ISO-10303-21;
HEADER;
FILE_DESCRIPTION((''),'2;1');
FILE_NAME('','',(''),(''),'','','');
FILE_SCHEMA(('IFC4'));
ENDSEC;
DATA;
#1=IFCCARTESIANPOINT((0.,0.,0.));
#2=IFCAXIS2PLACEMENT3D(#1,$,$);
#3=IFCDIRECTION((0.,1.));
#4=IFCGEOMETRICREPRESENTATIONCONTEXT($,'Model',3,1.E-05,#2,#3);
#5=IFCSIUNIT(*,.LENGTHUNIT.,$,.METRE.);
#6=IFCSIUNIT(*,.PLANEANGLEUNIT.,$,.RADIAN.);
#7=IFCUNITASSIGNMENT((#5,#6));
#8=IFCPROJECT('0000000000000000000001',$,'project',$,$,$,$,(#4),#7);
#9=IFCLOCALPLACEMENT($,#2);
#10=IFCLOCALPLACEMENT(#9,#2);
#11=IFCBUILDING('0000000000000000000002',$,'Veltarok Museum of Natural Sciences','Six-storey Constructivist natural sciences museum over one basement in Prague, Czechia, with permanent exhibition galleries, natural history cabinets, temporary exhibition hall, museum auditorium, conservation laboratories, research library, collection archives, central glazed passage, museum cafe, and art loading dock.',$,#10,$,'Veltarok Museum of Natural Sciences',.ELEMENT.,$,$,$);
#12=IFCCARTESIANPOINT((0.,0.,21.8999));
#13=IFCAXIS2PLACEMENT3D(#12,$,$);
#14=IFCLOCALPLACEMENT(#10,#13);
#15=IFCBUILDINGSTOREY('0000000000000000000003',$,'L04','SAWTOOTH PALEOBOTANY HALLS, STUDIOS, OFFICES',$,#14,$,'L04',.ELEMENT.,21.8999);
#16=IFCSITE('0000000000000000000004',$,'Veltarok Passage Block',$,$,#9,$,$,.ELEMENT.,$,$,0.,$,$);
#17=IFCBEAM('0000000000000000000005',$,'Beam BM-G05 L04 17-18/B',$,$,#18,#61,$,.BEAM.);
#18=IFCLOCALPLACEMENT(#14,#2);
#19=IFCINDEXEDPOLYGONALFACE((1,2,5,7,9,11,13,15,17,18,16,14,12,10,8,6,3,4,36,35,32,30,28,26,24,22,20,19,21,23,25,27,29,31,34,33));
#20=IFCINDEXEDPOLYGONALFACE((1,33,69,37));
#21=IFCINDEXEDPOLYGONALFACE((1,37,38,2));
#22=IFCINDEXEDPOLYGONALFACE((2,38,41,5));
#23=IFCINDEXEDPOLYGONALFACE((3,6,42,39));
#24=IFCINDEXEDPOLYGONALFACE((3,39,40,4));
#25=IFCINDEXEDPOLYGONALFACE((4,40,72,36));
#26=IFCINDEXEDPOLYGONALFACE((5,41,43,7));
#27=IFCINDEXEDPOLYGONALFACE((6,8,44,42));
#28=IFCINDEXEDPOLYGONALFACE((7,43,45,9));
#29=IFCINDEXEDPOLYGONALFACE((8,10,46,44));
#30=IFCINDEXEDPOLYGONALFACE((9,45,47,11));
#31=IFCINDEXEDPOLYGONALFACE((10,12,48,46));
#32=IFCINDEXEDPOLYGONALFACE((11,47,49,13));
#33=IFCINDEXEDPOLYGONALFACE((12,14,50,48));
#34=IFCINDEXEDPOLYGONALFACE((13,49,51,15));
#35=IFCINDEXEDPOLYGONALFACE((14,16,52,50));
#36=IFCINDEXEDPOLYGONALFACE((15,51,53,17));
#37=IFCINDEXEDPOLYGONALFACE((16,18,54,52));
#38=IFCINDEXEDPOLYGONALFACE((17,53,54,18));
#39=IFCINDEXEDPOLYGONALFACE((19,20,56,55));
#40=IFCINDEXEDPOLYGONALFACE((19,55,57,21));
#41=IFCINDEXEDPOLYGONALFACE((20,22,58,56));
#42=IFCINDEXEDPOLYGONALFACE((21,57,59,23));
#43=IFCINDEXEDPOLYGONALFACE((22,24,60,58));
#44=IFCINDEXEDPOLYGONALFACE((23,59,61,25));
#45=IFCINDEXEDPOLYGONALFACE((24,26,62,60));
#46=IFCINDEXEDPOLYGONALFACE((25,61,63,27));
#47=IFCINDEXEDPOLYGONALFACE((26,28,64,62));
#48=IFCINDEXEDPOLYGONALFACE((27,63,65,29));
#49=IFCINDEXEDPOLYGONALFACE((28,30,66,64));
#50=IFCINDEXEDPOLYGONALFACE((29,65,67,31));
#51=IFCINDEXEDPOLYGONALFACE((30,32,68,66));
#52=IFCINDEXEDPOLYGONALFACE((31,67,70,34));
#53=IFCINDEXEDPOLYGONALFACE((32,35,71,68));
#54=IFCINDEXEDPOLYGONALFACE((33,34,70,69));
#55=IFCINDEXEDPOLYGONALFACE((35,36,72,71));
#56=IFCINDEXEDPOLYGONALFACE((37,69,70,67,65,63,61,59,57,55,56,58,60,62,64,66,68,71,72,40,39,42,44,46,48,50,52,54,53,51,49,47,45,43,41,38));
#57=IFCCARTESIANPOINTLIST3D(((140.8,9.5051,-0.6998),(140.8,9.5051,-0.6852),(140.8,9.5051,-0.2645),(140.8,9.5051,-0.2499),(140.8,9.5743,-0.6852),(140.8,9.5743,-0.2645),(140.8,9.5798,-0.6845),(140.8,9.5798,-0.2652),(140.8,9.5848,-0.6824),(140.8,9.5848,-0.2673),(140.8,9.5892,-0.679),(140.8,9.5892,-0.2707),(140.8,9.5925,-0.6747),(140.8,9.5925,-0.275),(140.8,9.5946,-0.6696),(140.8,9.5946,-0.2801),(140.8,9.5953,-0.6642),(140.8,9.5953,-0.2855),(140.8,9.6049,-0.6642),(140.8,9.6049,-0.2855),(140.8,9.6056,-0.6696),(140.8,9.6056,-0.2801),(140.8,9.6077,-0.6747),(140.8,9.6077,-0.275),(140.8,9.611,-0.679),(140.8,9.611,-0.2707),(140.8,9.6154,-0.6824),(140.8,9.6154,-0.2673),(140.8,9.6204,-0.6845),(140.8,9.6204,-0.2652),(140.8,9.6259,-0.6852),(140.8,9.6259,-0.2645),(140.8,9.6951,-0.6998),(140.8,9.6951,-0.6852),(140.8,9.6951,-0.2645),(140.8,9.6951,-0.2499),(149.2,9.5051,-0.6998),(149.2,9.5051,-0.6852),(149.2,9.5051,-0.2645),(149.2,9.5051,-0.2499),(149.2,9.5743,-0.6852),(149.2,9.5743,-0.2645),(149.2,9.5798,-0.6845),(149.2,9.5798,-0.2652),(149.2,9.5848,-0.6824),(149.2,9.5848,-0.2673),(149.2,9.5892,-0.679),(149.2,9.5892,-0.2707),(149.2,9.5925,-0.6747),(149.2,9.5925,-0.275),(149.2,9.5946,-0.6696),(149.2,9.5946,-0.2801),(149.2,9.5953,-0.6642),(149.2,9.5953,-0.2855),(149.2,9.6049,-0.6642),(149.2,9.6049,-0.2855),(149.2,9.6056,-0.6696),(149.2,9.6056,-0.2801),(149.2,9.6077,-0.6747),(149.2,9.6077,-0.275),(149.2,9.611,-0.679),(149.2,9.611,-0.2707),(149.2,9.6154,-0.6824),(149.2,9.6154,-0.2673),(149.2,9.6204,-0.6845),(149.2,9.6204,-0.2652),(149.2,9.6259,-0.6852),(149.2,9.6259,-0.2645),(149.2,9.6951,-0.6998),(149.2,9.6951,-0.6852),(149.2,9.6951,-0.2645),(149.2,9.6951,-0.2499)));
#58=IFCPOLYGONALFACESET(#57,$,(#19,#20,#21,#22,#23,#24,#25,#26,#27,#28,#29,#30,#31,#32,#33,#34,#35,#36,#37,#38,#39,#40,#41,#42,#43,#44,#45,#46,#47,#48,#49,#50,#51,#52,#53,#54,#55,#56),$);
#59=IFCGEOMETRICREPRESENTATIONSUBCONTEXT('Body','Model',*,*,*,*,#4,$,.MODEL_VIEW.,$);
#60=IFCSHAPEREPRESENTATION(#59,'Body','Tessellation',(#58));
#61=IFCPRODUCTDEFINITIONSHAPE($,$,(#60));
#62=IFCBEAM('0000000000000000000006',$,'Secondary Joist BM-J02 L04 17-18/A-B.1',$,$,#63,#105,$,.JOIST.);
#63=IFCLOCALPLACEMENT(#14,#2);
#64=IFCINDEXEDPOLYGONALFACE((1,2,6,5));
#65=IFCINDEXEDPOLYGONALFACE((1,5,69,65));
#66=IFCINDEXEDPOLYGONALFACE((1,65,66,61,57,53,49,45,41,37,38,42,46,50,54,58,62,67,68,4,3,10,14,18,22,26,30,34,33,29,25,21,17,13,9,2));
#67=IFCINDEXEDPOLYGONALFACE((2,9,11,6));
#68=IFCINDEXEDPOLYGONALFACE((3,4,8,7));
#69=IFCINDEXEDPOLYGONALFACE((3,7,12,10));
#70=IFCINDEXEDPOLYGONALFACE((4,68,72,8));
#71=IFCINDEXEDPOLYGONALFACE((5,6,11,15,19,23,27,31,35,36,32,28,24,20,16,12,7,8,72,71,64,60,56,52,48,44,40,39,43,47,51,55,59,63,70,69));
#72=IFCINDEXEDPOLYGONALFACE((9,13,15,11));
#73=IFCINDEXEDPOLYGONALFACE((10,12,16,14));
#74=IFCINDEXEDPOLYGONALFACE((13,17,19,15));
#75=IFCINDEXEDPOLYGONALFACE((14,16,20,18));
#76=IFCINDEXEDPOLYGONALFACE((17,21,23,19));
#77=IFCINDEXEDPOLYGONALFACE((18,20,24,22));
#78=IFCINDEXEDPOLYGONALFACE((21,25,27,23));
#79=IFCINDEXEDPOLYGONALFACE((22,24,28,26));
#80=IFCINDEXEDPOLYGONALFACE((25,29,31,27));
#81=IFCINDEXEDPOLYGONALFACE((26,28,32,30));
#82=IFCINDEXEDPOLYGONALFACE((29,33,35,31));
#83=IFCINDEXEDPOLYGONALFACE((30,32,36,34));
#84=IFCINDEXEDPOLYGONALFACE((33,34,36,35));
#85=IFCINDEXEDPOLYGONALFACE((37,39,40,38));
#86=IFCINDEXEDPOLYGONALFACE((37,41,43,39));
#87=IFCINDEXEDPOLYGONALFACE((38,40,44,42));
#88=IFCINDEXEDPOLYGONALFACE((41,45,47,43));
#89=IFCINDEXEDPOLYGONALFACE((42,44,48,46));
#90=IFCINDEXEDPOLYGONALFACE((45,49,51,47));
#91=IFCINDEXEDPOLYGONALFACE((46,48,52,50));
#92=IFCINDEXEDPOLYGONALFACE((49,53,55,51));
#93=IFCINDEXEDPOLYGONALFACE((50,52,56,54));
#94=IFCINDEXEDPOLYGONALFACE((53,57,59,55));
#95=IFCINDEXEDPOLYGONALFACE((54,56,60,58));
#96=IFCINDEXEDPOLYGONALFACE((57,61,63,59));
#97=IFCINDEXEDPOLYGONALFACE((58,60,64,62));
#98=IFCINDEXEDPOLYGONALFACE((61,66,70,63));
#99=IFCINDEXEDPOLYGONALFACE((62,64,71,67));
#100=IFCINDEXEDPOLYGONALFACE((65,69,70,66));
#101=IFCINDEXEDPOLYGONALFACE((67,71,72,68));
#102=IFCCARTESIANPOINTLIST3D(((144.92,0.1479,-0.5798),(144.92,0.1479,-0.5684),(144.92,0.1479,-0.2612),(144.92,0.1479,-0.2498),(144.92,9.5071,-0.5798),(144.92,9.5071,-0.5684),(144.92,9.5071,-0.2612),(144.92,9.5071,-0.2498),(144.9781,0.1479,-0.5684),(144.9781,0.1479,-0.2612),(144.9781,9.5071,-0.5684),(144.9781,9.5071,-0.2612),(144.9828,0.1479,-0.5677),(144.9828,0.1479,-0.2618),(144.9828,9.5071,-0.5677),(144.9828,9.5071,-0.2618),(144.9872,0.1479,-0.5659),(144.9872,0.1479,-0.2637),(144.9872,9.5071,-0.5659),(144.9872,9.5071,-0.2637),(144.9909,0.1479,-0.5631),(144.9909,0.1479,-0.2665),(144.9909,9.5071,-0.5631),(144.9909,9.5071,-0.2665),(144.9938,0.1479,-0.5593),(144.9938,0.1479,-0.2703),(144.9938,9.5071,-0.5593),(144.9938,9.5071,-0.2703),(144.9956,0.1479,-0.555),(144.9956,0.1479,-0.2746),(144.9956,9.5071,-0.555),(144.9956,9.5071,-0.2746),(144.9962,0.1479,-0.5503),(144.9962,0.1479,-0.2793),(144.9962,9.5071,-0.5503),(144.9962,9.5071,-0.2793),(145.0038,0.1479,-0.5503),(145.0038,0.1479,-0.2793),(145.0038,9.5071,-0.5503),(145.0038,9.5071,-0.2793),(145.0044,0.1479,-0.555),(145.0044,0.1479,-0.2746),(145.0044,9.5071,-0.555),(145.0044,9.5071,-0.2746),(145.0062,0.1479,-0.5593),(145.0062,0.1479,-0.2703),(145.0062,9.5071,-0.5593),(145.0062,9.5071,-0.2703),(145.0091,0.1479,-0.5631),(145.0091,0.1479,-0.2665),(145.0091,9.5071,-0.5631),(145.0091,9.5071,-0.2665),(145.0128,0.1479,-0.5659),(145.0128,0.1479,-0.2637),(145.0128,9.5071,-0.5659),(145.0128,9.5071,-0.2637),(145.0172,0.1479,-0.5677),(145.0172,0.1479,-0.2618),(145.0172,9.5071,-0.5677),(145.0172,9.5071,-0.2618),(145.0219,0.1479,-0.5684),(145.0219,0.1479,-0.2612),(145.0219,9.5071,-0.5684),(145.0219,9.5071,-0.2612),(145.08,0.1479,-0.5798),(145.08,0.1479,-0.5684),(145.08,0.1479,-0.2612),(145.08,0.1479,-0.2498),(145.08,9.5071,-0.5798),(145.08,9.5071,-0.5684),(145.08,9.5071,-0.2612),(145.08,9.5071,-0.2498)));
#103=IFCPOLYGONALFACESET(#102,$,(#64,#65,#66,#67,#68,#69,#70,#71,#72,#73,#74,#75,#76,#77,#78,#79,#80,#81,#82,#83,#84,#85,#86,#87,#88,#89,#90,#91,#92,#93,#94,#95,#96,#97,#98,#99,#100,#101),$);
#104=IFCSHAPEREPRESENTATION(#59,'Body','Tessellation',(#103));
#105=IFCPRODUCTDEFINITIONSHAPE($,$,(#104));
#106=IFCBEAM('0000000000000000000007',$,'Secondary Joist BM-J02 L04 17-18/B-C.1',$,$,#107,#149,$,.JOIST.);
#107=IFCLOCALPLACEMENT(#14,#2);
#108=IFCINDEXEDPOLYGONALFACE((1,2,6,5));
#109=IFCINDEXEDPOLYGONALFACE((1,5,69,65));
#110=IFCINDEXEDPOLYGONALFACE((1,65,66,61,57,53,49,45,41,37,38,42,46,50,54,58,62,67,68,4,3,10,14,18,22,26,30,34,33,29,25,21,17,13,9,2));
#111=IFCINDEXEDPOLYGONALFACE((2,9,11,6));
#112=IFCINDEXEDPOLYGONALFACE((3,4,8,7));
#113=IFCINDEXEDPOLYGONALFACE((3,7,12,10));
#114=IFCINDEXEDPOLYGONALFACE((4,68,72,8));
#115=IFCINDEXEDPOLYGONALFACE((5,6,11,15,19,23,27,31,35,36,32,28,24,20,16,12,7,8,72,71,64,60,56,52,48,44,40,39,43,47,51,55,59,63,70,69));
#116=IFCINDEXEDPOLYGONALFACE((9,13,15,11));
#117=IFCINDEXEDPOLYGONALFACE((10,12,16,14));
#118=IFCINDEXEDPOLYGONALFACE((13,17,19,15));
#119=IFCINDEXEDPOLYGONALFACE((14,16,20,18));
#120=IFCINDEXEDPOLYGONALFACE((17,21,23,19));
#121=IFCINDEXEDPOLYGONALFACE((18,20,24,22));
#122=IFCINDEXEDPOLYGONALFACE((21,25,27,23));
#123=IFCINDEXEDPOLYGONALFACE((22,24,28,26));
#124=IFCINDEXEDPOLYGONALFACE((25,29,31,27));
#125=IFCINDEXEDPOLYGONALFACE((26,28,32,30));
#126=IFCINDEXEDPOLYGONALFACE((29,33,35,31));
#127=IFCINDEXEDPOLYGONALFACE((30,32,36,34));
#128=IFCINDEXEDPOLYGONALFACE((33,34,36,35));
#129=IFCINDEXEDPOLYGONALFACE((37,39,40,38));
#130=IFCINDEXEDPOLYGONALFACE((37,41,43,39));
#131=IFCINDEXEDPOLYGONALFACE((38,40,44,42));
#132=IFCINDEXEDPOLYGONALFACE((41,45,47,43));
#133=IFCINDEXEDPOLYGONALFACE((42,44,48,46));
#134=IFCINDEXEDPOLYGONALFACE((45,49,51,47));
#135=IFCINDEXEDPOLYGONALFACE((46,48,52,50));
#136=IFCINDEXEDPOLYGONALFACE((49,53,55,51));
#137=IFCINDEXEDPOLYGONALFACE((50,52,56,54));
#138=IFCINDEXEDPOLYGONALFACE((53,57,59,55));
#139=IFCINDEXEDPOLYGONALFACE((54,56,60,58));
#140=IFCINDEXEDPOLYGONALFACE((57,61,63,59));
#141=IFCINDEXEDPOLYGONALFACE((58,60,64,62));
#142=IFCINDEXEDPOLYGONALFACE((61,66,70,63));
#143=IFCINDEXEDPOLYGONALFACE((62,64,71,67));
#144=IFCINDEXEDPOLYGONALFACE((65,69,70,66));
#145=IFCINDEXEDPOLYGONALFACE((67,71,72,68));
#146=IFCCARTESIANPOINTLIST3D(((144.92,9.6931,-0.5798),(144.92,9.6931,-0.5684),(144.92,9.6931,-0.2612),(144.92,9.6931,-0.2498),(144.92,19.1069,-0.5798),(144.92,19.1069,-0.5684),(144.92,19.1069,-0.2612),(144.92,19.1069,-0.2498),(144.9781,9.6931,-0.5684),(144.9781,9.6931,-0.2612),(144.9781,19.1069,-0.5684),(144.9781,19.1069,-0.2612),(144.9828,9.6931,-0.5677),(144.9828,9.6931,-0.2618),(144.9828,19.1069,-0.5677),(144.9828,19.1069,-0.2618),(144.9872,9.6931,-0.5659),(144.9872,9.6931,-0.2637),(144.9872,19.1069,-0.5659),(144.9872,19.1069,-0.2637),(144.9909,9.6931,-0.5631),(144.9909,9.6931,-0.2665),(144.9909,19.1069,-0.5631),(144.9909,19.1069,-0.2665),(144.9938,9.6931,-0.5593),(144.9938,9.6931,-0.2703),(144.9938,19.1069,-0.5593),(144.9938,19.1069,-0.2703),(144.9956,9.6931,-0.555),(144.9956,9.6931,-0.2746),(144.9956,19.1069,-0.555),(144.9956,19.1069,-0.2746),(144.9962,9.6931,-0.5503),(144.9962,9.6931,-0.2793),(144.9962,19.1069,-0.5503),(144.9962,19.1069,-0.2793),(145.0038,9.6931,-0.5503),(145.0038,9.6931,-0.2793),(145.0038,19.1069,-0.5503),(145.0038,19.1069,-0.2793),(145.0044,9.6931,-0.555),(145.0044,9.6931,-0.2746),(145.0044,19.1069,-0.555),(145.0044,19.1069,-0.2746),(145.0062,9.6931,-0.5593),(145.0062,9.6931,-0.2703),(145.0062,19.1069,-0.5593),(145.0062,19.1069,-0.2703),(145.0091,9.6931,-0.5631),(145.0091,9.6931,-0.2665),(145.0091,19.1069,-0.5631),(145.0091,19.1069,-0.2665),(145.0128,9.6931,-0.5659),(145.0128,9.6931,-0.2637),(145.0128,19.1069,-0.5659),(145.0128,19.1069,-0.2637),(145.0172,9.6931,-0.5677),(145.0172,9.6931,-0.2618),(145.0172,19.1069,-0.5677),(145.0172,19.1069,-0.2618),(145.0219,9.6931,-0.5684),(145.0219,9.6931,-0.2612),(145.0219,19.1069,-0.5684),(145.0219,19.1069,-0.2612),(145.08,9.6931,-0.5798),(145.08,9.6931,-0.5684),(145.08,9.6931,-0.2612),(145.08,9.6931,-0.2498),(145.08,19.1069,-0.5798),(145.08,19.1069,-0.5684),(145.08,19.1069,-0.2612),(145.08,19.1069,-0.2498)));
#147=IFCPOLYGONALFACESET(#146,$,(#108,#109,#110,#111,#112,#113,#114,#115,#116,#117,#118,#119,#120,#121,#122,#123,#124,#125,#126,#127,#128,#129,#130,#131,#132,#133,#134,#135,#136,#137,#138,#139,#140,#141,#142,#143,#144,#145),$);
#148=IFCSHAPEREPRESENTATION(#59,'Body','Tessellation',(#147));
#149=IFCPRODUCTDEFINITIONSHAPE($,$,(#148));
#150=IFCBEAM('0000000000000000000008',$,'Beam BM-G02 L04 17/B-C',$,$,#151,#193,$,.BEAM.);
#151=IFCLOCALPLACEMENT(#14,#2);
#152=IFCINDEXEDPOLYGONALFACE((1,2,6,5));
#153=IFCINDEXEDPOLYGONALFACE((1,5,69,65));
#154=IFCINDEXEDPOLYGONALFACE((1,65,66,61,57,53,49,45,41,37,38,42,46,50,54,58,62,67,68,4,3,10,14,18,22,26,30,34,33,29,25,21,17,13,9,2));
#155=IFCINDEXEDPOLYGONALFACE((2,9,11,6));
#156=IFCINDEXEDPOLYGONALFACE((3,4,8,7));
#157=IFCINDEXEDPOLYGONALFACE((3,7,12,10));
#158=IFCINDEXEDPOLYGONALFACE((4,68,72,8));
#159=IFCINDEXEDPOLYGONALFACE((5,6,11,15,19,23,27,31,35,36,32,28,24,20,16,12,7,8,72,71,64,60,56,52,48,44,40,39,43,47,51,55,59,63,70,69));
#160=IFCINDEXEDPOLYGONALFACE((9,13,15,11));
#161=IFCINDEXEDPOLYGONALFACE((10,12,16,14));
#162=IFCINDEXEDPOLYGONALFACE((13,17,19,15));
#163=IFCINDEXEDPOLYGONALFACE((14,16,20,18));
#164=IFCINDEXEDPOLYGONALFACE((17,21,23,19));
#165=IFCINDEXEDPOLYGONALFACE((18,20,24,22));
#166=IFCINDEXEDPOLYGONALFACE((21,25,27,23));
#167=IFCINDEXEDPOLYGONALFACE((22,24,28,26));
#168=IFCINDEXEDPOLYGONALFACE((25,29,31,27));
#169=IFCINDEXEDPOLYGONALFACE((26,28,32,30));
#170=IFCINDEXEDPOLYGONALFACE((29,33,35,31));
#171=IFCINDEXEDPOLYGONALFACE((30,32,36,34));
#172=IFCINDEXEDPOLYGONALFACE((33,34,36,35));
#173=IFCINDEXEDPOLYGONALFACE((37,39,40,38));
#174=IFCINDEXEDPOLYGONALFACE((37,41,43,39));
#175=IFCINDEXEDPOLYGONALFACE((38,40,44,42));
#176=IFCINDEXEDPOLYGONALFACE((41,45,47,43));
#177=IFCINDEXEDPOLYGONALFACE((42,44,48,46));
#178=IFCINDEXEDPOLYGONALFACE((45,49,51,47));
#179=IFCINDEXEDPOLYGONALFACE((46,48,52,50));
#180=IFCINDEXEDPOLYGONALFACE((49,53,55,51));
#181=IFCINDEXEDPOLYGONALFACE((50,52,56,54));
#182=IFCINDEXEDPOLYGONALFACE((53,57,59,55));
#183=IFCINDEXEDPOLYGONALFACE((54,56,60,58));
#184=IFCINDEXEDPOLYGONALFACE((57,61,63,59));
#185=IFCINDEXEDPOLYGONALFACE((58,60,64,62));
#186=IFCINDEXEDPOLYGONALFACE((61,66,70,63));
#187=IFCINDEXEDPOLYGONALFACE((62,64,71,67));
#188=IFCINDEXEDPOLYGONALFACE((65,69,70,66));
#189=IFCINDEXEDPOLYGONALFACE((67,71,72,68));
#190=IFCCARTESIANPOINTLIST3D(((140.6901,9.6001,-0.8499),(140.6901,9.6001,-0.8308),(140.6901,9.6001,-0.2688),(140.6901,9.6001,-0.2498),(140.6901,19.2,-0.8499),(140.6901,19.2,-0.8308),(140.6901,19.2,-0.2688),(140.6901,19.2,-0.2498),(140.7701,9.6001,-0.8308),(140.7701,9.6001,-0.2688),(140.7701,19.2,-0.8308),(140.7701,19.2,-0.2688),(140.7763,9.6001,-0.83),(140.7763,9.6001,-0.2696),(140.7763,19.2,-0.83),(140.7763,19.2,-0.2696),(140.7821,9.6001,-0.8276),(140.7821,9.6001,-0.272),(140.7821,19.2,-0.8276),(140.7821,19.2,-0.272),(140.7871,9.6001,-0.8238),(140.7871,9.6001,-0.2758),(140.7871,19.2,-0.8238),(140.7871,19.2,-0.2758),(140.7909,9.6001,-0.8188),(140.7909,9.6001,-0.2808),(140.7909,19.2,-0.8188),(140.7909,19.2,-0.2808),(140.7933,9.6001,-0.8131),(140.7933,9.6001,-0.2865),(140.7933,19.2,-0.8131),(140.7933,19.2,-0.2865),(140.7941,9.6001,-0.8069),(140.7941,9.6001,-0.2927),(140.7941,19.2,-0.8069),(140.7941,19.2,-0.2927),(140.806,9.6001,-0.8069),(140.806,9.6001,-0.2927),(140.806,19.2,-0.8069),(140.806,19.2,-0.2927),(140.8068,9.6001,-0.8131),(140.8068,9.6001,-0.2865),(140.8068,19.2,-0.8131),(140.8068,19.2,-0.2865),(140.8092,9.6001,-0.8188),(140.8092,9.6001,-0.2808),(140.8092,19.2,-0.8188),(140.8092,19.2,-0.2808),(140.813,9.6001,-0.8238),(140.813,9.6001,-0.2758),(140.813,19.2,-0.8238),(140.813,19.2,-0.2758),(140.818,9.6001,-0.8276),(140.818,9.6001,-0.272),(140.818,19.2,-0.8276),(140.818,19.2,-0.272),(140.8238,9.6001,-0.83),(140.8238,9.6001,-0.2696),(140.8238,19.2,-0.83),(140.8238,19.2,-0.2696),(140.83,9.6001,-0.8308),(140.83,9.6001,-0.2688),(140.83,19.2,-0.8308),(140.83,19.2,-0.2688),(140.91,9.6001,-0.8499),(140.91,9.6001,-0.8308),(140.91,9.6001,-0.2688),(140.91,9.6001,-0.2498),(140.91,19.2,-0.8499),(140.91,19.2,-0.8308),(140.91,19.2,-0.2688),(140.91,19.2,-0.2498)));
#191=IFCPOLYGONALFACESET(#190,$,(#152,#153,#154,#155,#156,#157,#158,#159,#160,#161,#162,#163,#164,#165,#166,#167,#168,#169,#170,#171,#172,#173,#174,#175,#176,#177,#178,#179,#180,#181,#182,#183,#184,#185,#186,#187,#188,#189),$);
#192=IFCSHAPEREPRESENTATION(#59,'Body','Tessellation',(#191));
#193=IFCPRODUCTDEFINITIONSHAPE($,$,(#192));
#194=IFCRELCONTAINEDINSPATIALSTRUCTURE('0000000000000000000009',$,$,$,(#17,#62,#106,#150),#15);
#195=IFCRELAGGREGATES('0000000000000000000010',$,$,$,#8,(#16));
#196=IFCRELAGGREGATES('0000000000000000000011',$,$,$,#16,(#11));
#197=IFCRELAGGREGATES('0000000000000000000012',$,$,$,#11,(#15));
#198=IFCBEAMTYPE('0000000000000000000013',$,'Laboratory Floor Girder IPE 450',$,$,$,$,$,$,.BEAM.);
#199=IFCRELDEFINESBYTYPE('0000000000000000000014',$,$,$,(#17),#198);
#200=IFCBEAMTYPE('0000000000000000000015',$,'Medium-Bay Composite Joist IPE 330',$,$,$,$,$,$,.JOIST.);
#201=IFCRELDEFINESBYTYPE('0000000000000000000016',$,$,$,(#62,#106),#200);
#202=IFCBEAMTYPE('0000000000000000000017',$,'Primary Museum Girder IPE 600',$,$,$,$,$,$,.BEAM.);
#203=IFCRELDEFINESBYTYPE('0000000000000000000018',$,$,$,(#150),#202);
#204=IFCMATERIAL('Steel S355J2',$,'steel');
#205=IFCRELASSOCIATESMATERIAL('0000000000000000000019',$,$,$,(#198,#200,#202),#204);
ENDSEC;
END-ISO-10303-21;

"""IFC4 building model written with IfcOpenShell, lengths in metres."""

from ifc_helpers import new_model, si_unit, direction, frame, origin, origin_2d, place, context, subcontext, project, spatial, i_section, extrude, material, material_profile, profile_set, type_object, element, save


model = new_model("IFC4")

# Units and contexts
model_context = context("Model", 3, precision=1e-05, world=origin(), true_north=direction((0.0, 1.0)))
body_context = subcontext(model_context, "Body", "Model", "MODEL_VIEW")
ifc_project = project(units=[si_unit("LENGTHUNIT", "METRE"), si_unit("PLANEANGLEUNIT", "RADIAN")], contexts=[model_context])

# Site, building, storey
site_placement = place(None, origin())
site = spatial("IfcSite", under=ifc_project, at=site_placement, Name="Veltarok Passage Block", CompositionType="ELEMENT", RefElevation=0.0)
building_placement = place(site_placement, origin())
building = spatial("IfcBuilding", under=site, at=building_placement, Name="Veltarok Museum of Natural Sciences", Description="Six-storey Constructivist natural sciences museum over one basement in Prague, Czechia, with permanent exhibition galleries, natural history cabinets, temporary exhibition hall, museum auditorium, conservation laboratories, research library, collection archives, central glazed passage, museum cafe, and art loading dock.", LongName="Veltarok Museum of Natural Sciences", CompositionType="ELEMENT")
storey_placement = place(building_placement, frame((0.0, 0.0, 21.8999)))
storey = spatial("IfcBuildingStorey", under=building, at=storey_placement, Name="L04", Description="SAWTOOTH PALEOBOTANY HALLS, STUDIOS, OFFICES", LongName="L04", CompositionType="ELEMENT", Elevation=21.8999)

# Shared definitions
ifc_material_1 = material(Name="Steel S355J2", Category="steel")

# Beams
ifc_material_profile_1 = material_profile(ifc_material_1, i_section(OverallWidth=0.1899, OverallDepth=0.45, WebThickness=0.0095, FlangeThickness=0.0146, FilletRadius=0.021, at=origin_2d()), Name="IPE 450")
ifc_profile_set_1 = profile_set([ifc_material_profile_1], Name="Steel S355J2")
beam_type_1 = type_object("IfcBeamType", Name="Laboratory Floor Girder IPE 450", PredefinedType="BEAM", material=ifc_profile_set_1)
beam_1_placement = place(storey_placement, frame((140.8, 9.6001, -0.4749), z_axis=(1.0, 0.0, 0.0), x_axis=(0.0, 1.0, 0.0)))
element("IfcBeam", 1, at=beam_1_placement, inside=storey, type_object=beam_type_1, Name="Beam BM-G05 L04 17-18/B", PredefinedType="BEAM", context=body_context, shape_type="SweptSolid", body=[
    extrude(i_section(OverallWidth=0.1899, OverallDepth=0.45, WebThickness=0.0095, FlangeThickness=0.0146, FilletRadius=0.021, at=origin_2d()), origin(), (0.0, 0.0, 1.0), 8.3999),
])
ifc_material_profile_2 = material_profile(ifc_material_1, i_section(OverallWidth=0.1599, OverallDepth=0.3301, WebThickness=0.0076, FlangeThickness=0.0115, FilletRadius=0.0181, at=origin_2d()), Name="IPE 330")
ifc_profile_set_2 = profile_set([ifc_material_profile_2], Name="Steel S355J2")
beam_type_2 = type_object("IfcBeamType", Name="Medium-Bay Composite Joist IPE 330", PredefinedType="JOIST", material=ifc_profile_set_2)
beam_2_placement = place(storey_placement, frame((145.0, 0.1479, -0.4148), z_axis=(0.0, 1.0, 0.0), x_axis=(-1.0, 0.0, 0.0)))
element("IfcBeam", 2, at=beam_2_placement, inside=storey, type_object=beam_type_2, Name="Secondary Joist BM-J02 L04 17-18/A-B.1", PredefinedType="JOIST", context=body_context, shape_type="SweptSolid", body=[
    extrude(i_section(OverallWidth=0.1599, OverallDepth=0.3301, WebThickness=0.0076, FlangeThickness=0.0115, FilletRadius=0.0181, at=origin_2d()), origin(), (0.0, 0.0, 1.0), 9.3591),
])
beam_3_placement = place(storey_placement, frame((145.0, 9.6931, -0.4148), z_axis=(0.0, 1.0, 0.0), x_axis=(-1.0, 0.0, 0.0)))
element("IfcBeam", 3, at=beam_3_placement, inside=storey, type_object=beam_type_2, Name="Secondary Joist BM-J02 L04 17-18/B-C.1", PredefinedType="JOIST", context=body_context, shape_type="SweptSolid", body=[
    extrude(i_section(OverallWidth=0.1599, OverallDepth=0.3301, WebThickness=0.0076, FlangeThickness=0.0115, FilletRadius=0.0181, at=origin_2d()), origin(), (0.0, 0.0, 1.0), 9.4138),
])
ifc_material_profile_3 = material_profile(ifc_material_1, i_section(OverallWidth=0.22, OverallDepth=0.6001, WebThickness=0.012, FlangeThickness=0.019, FilletRadius=0.0239, at=origin_2d()), Name="IPE 600")
ifc_profile_set_3 = profile_set([ifc_material_profile_3], Name="Steel S355J2")
beam_type_3 = type_object("IfcBeamType", Name="Primary Museum Girder IPE 600", PredefinedType="BEAM", material=ifc_profile_set_3)
beam_4_placement = place(storey_placement, frame((140.8, 9.6001, -0.5498), z_axis=(0.0, 1.0, 0.0), x_axis=(-1.0, 0.0, 0.0)))
element("IfcBeam", 4, at=beam_4_placement, inside=storey, type_object=beam_type_3, Name="Beam BM-G02 L04 17/B-C", PredefinedType="BEAM", context=body_context, shape_type="SweptSolid", body=[
    extrude(i_section(OverallWidth=0.22, OverallDepth=0.6001, WebThickness=0.012, FlangeThickness=0.019, FilletRadius=0.0239, at=origin_2d()), origin(), (0.0, 0.0, 1.0), 9.5999),
])

save(model, "model.ifc")
